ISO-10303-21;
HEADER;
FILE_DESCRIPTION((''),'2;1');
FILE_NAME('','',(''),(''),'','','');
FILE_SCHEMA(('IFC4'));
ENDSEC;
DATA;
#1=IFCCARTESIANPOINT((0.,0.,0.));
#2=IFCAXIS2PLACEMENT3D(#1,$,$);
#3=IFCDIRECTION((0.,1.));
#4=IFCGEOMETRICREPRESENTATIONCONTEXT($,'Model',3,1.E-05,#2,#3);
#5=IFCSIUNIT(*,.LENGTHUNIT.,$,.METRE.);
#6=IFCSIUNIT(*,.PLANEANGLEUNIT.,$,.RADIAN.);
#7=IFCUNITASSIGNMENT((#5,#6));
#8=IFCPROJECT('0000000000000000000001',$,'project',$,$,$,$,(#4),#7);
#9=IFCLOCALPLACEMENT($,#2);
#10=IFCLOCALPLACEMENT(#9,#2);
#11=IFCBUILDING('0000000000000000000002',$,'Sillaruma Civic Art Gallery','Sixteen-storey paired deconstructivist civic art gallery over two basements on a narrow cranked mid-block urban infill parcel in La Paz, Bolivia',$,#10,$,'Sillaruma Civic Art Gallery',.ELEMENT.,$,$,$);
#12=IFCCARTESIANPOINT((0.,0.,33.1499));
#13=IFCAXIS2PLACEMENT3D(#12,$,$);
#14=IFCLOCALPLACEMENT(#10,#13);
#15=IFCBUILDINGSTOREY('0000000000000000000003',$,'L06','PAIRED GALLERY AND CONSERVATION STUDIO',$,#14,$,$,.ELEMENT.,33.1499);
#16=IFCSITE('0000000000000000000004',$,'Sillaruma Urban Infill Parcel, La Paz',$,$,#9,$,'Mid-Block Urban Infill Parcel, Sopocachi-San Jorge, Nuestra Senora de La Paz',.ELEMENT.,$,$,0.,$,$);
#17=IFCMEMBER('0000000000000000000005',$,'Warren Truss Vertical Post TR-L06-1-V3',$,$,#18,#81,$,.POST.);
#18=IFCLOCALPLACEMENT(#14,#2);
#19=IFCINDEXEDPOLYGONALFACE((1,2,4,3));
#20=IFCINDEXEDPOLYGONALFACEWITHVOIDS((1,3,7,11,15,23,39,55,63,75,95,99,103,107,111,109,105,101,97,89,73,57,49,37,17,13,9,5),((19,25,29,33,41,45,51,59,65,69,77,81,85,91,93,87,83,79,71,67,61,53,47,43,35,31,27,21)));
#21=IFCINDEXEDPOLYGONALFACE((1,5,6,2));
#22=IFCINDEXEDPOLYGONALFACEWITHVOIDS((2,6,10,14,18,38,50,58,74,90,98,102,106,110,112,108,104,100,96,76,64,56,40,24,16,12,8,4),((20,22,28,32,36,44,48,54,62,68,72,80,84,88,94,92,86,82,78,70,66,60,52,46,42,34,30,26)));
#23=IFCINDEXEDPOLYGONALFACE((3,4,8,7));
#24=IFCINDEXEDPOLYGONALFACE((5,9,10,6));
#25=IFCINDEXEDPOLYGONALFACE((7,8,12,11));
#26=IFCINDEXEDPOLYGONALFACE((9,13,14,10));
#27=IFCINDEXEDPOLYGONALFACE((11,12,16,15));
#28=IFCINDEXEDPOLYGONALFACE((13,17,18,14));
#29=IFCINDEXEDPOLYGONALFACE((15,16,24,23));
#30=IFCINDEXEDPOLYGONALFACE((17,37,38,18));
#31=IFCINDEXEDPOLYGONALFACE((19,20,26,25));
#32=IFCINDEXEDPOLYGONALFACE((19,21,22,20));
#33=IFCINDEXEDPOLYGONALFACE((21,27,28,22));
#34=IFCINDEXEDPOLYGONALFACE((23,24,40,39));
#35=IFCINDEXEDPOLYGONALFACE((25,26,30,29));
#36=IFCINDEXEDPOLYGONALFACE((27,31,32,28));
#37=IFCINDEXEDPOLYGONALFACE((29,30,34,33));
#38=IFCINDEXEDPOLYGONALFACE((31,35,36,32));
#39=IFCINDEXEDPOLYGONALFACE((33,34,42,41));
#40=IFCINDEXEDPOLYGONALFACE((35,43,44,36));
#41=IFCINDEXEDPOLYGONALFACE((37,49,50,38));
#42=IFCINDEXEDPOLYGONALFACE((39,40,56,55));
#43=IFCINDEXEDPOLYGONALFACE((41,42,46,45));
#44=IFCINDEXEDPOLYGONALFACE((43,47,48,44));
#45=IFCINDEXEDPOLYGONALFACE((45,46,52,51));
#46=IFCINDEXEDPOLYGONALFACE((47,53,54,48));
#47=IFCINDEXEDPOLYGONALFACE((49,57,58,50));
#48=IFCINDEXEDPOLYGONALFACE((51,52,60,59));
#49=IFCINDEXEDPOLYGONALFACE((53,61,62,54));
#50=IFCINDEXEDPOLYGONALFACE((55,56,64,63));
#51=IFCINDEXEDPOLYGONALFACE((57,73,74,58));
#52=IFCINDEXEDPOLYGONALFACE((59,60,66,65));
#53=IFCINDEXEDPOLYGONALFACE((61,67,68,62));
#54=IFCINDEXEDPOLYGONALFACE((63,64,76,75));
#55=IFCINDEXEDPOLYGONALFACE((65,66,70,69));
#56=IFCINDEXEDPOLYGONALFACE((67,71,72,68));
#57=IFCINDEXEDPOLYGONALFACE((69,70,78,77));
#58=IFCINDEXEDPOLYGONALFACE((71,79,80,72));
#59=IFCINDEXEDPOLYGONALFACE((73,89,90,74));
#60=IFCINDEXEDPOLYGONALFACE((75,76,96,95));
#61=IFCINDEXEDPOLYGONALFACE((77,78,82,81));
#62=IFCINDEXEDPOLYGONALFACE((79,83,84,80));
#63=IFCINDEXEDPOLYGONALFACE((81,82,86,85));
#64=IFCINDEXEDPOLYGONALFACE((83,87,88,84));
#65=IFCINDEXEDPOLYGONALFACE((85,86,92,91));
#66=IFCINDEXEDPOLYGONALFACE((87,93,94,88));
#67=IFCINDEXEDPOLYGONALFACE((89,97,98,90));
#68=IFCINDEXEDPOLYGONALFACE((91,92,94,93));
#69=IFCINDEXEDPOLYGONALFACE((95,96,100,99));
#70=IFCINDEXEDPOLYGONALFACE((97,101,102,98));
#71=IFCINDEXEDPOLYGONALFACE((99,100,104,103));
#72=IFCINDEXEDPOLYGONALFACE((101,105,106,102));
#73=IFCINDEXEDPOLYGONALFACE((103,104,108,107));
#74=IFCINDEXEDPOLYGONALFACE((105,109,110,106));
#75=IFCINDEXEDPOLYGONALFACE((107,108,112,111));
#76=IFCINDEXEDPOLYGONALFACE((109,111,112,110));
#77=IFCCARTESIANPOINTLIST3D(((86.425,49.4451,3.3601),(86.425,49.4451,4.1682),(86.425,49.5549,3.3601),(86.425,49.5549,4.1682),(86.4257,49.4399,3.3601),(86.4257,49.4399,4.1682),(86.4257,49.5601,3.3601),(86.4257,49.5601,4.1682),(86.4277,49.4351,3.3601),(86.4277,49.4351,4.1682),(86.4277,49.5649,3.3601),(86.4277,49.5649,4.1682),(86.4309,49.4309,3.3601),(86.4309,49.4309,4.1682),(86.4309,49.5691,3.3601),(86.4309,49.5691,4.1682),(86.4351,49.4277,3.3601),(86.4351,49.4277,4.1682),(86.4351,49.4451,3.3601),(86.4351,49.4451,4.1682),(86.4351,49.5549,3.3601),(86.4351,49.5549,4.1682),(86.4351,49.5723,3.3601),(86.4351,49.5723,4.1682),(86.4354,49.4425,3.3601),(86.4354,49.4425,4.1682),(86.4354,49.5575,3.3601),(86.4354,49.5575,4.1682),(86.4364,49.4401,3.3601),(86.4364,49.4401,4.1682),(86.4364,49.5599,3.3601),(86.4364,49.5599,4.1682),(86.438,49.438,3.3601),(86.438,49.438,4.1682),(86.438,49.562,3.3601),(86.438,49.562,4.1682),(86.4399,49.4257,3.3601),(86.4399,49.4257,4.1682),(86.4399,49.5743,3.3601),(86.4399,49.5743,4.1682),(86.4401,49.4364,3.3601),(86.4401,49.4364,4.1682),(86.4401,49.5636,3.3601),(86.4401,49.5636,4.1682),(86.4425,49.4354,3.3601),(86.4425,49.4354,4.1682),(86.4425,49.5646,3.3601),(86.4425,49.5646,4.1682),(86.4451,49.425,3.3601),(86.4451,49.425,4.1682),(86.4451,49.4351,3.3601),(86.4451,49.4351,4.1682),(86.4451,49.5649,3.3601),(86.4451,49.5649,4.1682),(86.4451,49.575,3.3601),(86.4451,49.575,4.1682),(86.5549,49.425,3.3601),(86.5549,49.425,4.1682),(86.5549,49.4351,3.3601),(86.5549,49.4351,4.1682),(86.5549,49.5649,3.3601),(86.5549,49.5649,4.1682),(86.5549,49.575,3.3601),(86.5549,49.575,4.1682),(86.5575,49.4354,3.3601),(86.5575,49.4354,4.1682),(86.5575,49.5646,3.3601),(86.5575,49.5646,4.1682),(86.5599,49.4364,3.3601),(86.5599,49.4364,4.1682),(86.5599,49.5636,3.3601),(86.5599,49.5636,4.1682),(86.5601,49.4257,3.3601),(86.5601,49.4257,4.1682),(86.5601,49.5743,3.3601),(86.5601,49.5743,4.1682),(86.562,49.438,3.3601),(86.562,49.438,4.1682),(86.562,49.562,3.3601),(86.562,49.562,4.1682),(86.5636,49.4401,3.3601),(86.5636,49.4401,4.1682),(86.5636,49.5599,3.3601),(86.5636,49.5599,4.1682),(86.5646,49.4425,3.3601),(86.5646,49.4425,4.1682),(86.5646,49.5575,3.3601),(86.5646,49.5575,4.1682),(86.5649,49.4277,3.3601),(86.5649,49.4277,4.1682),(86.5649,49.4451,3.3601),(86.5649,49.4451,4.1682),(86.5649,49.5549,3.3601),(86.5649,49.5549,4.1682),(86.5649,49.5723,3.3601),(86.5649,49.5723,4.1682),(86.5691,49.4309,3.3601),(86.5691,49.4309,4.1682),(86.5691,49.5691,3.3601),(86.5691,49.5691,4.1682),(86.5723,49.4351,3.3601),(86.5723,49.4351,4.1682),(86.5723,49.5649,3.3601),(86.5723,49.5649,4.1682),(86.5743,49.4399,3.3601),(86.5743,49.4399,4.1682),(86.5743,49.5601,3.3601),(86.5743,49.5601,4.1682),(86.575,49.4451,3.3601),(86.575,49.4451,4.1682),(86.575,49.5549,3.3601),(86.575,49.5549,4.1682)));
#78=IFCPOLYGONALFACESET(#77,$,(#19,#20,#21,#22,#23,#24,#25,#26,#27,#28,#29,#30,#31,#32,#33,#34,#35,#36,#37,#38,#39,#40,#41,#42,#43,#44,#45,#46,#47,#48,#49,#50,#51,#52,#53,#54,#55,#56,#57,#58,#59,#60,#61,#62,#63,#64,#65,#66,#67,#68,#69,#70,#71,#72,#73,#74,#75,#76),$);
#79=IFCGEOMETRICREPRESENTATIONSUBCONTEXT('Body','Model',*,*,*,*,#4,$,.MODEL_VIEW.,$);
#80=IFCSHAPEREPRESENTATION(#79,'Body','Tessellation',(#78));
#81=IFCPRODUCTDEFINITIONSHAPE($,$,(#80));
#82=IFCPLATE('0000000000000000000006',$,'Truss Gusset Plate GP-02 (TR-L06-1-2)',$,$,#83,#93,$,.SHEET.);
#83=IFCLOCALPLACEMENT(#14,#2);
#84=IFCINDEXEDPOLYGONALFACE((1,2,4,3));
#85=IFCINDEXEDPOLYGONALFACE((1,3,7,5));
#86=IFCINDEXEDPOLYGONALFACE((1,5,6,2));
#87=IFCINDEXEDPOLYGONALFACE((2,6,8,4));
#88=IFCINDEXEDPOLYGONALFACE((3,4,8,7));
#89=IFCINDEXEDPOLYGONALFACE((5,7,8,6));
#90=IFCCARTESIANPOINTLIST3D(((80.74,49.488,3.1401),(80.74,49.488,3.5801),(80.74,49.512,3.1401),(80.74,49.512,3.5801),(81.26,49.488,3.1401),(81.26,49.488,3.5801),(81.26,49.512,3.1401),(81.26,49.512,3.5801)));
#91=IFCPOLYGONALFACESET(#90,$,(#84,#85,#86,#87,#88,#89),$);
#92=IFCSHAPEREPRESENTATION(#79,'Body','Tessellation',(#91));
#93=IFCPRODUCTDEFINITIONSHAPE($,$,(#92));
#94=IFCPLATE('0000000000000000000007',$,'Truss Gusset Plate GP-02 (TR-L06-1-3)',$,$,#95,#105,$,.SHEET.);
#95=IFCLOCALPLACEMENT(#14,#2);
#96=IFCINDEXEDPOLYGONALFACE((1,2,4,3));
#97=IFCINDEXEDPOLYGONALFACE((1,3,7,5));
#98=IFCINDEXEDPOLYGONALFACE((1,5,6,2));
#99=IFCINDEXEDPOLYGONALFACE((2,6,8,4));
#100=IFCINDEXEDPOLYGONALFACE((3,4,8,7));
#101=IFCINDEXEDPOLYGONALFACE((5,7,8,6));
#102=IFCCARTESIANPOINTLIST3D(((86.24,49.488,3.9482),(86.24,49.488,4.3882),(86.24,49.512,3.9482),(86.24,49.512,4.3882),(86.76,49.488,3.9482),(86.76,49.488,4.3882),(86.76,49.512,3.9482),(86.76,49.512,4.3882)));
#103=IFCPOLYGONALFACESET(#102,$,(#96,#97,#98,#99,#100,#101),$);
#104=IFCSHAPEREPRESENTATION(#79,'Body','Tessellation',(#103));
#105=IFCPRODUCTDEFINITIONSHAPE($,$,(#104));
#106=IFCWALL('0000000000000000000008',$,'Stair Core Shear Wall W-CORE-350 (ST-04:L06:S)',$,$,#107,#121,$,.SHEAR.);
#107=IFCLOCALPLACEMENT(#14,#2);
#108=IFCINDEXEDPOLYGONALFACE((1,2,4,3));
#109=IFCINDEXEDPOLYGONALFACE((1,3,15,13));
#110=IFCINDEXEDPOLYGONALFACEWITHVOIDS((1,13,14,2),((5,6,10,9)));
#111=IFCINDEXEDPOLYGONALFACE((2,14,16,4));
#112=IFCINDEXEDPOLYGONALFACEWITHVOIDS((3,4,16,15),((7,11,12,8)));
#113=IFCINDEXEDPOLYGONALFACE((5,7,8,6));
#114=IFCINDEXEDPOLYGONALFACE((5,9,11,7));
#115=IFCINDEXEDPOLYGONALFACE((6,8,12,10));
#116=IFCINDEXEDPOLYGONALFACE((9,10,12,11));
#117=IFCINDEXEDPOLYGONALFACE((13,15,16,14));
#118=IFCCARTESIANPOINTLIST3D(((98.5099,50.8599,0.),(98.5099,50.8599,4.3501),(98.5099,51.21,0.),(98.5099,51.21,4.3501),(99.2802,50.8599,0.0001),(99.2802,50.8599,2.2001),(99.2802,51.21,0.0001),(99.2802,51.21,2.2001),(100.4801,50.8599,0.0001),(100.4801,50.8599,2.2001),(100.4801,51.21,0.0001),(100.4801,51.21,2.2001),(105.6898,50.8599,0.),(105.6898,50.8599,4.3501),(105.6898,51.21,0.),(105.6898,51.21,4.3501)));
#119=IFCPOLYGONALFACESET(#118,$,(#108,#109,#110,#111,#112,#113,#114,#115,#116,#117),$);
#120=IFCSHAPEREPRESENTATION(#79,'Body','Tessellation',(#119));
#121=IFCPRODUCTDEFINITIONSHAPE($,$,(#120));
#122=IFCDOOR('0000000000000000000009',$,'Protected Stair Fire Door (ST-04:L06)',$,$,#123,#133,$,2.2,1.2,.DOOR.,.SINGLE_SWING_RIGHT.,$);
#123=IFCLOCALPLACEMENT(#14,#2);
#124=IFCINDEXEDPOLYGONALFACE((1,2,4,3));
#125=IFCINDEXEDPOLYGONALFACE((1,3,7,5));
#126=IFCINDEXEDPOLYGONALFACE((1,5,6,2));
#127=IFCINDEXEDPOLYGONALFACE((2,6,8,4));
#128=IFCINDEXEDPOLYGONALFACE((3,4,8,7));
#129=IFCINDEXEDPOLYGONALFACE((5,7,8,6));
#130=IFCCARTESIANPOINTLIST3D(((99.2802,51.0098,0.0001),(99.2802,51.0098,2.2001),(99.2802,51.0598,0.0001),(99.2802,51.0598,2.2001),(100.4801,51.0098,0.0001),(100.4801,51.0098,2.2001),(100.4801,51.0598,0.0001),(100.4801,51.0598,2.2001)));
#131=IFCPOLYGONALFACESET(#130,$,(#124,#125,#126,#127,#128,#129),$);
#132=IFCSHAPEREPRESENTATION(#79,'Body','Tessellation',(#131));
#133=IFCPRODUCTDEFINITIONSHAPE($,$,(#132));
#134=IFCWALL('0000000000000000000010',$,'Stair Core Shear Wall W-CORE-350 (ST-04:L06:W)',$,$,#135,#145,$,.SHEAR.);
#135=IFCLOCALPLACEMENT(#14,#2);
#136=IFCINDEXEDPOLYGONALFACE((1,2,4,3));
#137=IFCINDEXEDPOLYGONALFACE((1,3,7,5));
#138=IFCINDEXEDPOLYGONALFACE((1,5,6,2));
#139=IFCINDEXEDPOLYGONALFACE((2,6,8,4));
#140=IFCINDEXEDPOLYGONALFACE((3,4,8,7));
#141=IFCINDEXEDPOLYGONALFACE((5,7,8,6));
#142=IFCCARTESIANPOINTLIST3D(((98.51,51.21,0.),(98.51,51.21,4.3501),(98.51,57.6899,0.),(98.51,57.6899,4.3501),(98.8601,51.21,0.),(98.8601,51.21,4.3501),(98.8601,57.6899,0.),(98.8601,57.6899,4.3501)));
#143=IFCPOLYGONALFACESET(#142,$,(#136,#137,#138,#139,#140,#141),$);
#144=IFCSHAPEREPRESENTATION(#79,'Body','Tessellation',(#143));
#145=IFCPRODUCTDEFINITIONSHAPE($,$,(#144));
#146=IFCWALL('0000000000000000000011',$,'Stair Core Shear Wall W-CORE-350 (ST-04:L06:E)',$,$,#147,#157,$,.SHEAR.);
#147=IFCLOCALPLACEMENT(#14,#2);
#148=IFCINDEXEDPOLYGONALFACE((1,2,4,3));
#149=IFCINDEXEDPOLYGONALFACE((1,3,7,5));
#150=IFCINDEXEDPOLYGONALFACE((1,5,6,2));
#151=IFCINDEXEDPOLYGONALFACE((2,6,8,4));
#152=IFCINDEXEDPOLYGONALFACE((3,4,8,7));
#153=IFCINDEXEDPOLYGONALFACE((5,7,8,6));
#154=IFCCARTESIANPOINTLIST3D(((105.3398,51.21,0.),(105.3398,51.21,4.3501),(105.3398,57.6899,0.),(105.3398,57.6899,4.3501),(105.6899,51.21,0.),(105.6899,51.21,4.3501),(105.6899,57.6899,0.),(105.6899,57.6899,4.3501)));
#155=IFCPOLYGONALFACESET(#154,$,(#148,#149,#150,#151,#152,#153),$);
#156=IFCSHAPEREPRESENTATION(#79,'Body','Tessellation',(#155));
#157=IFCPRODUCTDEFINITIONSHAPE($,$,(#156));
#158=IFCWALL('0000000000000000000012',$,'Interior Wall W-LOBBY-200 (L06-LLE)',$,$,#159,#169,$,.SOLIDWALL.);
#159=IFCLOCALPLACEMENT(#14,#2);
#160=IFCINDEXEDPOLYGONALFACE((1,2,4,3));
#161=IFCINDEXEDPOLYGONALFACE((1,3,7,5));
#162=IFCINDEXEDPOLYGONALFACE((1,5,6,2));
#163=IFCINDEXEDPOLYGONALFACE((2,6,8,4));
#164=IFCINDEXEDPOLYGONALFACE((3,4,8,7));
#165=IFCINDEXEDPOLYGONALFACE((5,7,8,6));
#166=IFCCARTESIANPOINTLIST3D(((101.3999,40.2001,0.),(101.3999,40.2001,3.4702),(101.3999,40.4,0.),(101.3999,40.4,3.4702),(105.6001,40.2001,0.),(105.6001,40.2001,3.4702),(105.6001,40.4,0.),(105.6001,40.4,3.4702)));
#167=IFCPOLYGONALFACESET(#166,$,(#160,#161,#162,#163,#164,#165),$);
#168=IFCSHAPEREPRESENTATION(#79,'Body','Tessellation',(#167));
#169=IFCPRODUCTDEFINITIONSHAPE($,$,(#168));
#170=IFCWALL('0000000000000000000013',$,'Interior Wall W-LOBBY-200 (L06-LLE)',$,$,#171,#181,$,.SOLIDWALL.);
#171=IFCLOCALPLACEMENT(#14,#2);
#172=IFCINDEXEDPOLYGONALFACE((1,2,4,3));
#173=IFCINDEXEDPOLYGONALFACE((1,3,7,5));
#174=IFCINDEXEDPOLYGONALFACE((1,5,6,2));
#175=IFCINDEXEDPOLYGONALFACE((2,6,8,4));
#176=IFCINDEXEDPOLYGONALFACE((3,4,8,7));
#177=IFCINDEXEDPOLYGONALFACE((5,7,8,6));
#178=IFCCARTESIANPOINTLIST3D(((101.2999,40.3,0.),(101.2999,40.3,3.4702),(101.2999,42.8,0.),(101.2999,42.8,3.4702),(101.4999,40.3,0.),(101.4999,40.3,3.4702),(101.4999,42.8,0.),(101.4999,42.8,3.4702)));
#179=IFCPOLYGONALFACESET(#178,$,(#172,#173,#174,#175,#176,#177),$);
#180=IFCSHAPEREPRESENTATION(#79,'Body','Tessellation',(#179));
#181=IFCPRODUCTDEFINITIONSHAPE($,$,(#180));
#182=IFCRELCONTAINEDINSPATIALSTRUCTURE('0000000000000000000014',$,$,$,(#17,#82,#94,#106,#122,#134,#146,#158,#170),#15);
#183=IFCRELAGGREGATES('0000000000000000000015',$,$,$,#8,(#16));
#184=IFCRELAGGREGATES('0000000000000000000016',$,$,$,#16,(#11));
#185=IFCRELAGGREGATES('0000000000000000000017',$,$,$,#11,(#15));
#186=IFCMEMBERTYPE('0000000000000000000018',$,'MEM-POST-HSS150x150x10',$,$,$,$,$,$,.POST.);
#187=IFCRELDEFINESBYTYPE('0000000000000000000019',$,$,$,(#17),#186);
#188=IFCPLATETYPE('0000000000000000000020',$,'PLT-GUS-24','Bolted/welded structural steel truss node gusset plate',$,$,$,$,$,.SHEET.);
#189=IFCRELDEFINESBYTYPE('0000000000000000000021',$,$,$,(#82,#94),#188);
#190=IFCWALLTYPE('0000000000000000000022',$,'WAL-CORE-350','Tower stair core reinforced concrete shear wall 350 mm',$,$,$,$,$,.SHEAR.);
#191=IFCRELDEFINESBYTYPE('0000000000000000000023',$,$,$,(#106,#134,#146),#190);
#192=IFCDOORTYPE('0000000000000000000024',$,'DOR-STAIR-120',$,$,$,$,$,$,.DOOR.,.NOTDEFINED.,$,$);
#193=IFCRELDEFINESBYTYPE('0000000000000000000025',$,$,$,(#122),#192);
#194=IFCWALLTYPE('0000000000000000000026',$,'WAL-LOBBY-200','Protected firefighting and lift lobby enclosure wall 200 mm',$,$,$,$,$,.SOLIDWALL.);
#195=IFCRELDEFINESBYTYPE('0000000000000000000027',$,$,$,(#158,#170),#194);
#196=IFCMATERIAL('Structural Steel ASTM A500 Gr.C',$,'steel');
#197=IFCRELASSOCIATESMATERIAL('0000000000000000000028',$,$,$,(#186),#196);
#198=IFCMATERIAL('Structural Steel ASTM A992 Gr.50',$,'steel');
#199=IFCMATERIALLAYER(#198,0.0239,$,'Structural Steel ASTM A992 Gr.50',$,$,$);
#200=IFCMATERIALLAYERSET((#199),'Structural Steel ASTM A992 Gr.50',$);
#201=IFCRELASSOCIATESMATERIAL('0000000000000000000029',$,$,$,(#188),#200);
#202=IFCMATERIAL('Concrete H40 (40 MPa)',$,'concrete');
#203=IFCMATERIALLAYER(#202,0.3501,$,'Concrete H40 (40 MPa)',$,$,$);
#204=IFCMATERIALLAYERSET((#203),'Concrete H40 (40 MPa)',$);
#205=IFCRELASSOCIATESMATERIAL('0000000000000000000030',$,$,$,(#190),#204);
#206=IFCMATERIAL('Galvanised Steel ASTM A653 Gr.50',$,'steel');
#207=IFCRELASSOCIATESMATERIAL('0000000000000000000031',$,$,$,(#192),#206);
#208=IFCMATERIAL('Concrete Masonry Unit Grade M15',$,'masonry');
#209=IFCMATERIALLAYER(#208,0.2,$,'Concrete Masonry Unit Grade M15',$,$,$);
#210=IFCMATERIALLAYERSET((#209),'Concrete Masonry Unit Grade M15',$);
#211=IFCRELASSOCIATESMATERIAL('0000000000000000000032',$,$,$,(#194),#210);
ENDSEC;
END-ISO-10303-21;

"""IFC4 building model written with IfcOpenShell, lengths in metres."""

from ifc_helpers import new_model, si_unit, direction, frame, frame_2d, origin, origin_2d, place, context, subcontext, project, spatial, rectangle, hollow_rectangle, extrude, material, layer, layer_set, material_profile, profile_set, type_object, element, fill, save


model = new_model("IFC4")

# Units and contexts
model_context = context("Model", 3, precision=1e-05, world=origin(), true_north=direction((0.0, 1.0)))
body_context = subcontext(model_context, "Body", "Model", "MODEL_VIEW")
ifc_project = project(units=[si_unit("LENGTHUNIT", "METRE"), si_unit("PLANEANGLEUNIT", "RADIAN")], contexts=[model_context])

# Site, building, storey
site_placement = place(None, origin())
site = spatial("IfcSite", under=ifc_project, at=site_placement, Name="Sillaruma Urban Infill Parcel, La Paz", LongName="Mid-Block Urban Infill Parcel, Sopocachi-San Jorge, Nuestra Senora de La Paz", CompositionType="ELEMENT", RefElevation=0.0)
building_placement = place(site_placement, origin())
building = spatial("IfcBuilding", under=site, at=building_placement, Name="Sillaruma Civic Art Gallery", Description="Sixteen-storey paired deconstructivist civic art gallery over two basements on a narrow cranked mid-block urban infill parcel in La Paz, Bolivia", LongName="Sillaruma Civic Art Gallery", CompositionType="ELEMENT")
storey_placement = place(building_placement, frame((0.0, 0.0, 33.1499)))
storey = spatial("IfcBuildingStorey", under=building, at=storey_placement, Name="L06", Description="PAIRED GALLERY AND CONSERVATION STUDIO", CompositionType="ELEMENT", Elevation=33.1499)

# Shared definitions
ifc_material_1 = material(Name="Concrete H40 (40 MPa)", Category="concrete")

# Shared definitions
ifc_material_2 = material(Name="Structural Steel ASTM A992 Gr.50", Category="steel")
ifc_material_3 = material(Name="Structural Steel ASTM A500 Gr.C", Category="steel")

# Member
ifc_material_profile_1 = material_profile(ifc_material_3, hollow_rectangle(XDim=0.1499, YDim=0.1499, WallThickness=0.01, InnerFilletRadius=0.01, OuterFilletRadius=0.02, at=origin_2d()), Name="HSS150x150x10")
ifc_profile_set_1 = profile_set([ifc_material_profile_1], Name="Structural Steel ASTM A500 Gr.C")
member_type_1 = type_object("IfcMemberType", Name="MEM-POST-HSS150x150x10", PredefinedType="POST", material=ifc_profile_set_1)
for number, where, z_axis, x_axis, name in (
    (1, (86.5, 49.5, 3.3601), (0.0, 0.0, 1.0), (1.0, 0.0, 0.0), "Warren Truss Vertical Post TR-L06-1-V3"),
):
    element("IfcMember", number, at=place(storey_placement, frame(where, z_axis=z_axis, x_axis=x_axis)), inside=storey, type_object=member_type_1, Name=name, PredefinedType="POST", context=body_context, shape_type="SweptSolid", body=[
        extrude(hollow_rectangle(XDim=0.1499, YDim=0.1499, WallThickness=0.01, InnerFilletRadius=0.01, OuterFilletRadius=0.02, at=origin_2d()), origin(), (0.0, 0.0, 1.0), 0.8081),
    ])

# Plates
ifc_layer_1 = layer(ifc_material_2, 0.0239, Name="Structural Steel ASTM A992 Gr.50")
ifc_layer_set_1 = layer_set([ifc_layer_1], Name="Structural Steel ASTM A992 Gr.50")
plate_type = type_object("IfcPlateType", Name="PLT-GUS-24", Description="Bolted/welded structural steel truss node gusset plate", PredefinedType="SHEET", material=ifc_layer_set_1)
for number, where, z_axis, x_axis, name in (
    (2, (81.0, 49.5, 3.1401), (0.0, 0.0, 1.0), (1.0, 0.0, 0.0), "Truss Gusset Plate GP-02 (TR-L06-1-2)"),
    (3, (86.5, 49.5, 3.9482), (0.0, 0.0, 1.0), (1.0, 0.0, 0.0), "Truss Gusset Plate GP-02 (TR-L06-1-3)"),
):
    element("IfcPlate", number, at=place(storey_placement, frame(where, z_axis=z_axis, x_axis=x_axis)), inside=storey, type_object=plate_type, Name=name, PredefinedType="SHEET", context=body_context, shape_type="SweptSolid", body=[
        extrude(rectangle(XDim=0.52, YDim=0.0239, at=origin_2d()), origin(), (0.0, 0.0, 1.0), 0.4399),
    ])

# Wall, opening, door
ifc_layer_2 = layer(ifc_material_1, 0.3501, Name="Concrete H40 (40 MPa)")
ifc_layer_set_2 = layer_set([ifc_layer_2], Name="Concrete H40 (40 MPa)")
wall_type_1 = type_object("IfcWallType", Name="WAL-CORE-350", Description="Tower stair core reinforced concrete shear wall 350 mm", PredefinedType="SHEAR", material=ifc_layer_set_2)
wall_1_placement = place(storey_placement, frame((98.51, 51.0349, 0.0), z_axis=(0.0, 0.0, 1.0), x_axis=(1.0, 0.0, 0.0)))
wall_1 = element("IfcWall", 4, at=wall_1_placement, inside=storey, type_object=wall_type_1, Name="Stair Core Shear Wall W-CORE-350 (ST-04:L06:S)", PredefinedType="SHEAR", context=body_context, shape_type="SweptSolid", body=[
    extrude(rectangle(XDim=7.1799, YDim=0.3501, at=frame_2d((3.5898, 0.0))), origin(), (0.0, 0.0, 1.0), 4.3501),
])
opening_1_placement = place(wall_1_placement, frame((0.77, 0.0, 0.0)))
opening_1 = element("IfcOpeningElement", 5, at=opening_1_placement, cuts=wall_1, PredefinedType="OPENING", context=body_context, shape_type="SweptSolid", body=[
    extrude(rectangle(XDim=1.2, YDim=2.2, at=frame_2d((0.6001, 1.1001))), frame((0.0, 0.1851, 0.0), z_axis=(0.0, -1.0, 0.0), x_axis=(1.0, 0.0, 0.0)), (0.0, 0.0, 1.0), 0.3701),
])
ifc_material_4 = material(Name="Galvanised Steel ASTM A653 Gr.50", Category="steel")
door_type_1 = type_object("IfcDoorType", Name="DOR-STAIR-120", OperationType="NOTDEFINED", PredefinedType="DOOR", material=ifc_material_4)
door_1_placement = place(opening_1_placement, origin())
door_1 = element("IfcDoor", 6, at=door_1_placement, inside=storey, type_object=door_type_1, Name="Protected Stair Fire Door (ST-04:L06)", OperationType="SINGLE_SWING_RIGHT", OverallHeight=2.2, OverallWidth=1.2, PredefinedType="DOOR", context=body_context, shape_type="SweptSolid", body=[
    extrude(rectangle(XDim=1.2, YDim=2.2, at=frame_2d((0.6001, 1.1001))), frame((0.0, 0.0249, 0.0), z_axis=(0.0, -1.0, 0.0), x_axis=(1.0, 0.0, 0.0)), (0.0, 0.0, 1.0), 0.05),
])
fill(opening_1, door_1)

# Walls
for number, where, z_axis, x_axis, name in (
    (7, (98.6851, 51.21, 0.0), (0.0, 0.0, 1.0), (0.0, 1.0, 0.0), "Stair Core Shear Wall W-CORE-350 (ST-04:L06:W)"),
    (8, (105.5149, 51.21, 0.0), (0.0, 0.0, 1.0), (0.0, 1.0, 0.0), "Stair Core Shear Wall W-CORE-350 (ST-04:L06:E)"),
):
    element("IfcWall", number, at=place(storey_placement, frame(where, z_axis=z_axis, x_axis=x_axis)), inside=storey, type_object=wall_type_1, Name=name, PredefinedType="SHEAR", context=body_context, shape_type="SweptSolid", body=[
        extrude(rectangle(XDim=6.48, YDim=0.3501, at=frame_2d((3.24, 0.0))), origin(), (0.0, 0.0, 1.0), 4.3501),
    ])
ifc_material_5 = material(Name="Concrete Masonry Unit Grade M15", Category="masonry")
ifc_layer_3 = layer(ifc_material_5, 0.2, Name="Concrete Masonry Unit Grade M15")
ifc_layer_set_3 = layer_set([ifc_layer_3], Name="Concrete Masonry Unit Grade M15")
wall_type_2 = type_object("IfcWallType", Name="WAL-LOBBY-200", Description="Protected firefighting and lift lobby enclosure wall 200 mm", PredefinedType="SOLIDWALL", material=ifc_layer_set_3)
wall_2_placement = place(storey_placement, frame((101.3999, 40.3, 0.0), z_axis=(0.0, 0.0, 1.0), x_axis=(1.0, 0.0, 0.0)))
element("IfcWall", 9, at=wall_2_placement, inside=storey, type_object=wall_type_2, Name="Interior Wall W-LOBBY-200 (L06-LLE)", PredefinedType="SOLIDWALL", context=body_context, shape_type="SweptSolid", body=[
    extrude(rectangle(XDim=4.2002, YDim=0.2, at=frame_2d((2.1001, 0.0))), origin(), (0.0, 0.0, 1.0), 3.4702),
])
wall_3_placement = place(storey_placement, frame((101.3999, 40.3, 0.0), z_axis=(0.0, 0.0, 1.0), x_axis=(0.0, 1.0, 0.0)))
element("IfcWall", 10, at=wall_3_placement, inside=storey, type_object=wall_type_2, Name="Interior Wall W-LOBBY-200 (L06-LLE)", PredefinedType="SOLIDWALL", context=body_context, shape_type="SweptSolid", body=[
    extrude(rectangle(XDim=2.5, YDim=0.2, at=frame_2d((1.25, 0.0))), origin(), (0.0, 0.0, 1.0), 3.4702),
])

save(model, "model.ifc")
